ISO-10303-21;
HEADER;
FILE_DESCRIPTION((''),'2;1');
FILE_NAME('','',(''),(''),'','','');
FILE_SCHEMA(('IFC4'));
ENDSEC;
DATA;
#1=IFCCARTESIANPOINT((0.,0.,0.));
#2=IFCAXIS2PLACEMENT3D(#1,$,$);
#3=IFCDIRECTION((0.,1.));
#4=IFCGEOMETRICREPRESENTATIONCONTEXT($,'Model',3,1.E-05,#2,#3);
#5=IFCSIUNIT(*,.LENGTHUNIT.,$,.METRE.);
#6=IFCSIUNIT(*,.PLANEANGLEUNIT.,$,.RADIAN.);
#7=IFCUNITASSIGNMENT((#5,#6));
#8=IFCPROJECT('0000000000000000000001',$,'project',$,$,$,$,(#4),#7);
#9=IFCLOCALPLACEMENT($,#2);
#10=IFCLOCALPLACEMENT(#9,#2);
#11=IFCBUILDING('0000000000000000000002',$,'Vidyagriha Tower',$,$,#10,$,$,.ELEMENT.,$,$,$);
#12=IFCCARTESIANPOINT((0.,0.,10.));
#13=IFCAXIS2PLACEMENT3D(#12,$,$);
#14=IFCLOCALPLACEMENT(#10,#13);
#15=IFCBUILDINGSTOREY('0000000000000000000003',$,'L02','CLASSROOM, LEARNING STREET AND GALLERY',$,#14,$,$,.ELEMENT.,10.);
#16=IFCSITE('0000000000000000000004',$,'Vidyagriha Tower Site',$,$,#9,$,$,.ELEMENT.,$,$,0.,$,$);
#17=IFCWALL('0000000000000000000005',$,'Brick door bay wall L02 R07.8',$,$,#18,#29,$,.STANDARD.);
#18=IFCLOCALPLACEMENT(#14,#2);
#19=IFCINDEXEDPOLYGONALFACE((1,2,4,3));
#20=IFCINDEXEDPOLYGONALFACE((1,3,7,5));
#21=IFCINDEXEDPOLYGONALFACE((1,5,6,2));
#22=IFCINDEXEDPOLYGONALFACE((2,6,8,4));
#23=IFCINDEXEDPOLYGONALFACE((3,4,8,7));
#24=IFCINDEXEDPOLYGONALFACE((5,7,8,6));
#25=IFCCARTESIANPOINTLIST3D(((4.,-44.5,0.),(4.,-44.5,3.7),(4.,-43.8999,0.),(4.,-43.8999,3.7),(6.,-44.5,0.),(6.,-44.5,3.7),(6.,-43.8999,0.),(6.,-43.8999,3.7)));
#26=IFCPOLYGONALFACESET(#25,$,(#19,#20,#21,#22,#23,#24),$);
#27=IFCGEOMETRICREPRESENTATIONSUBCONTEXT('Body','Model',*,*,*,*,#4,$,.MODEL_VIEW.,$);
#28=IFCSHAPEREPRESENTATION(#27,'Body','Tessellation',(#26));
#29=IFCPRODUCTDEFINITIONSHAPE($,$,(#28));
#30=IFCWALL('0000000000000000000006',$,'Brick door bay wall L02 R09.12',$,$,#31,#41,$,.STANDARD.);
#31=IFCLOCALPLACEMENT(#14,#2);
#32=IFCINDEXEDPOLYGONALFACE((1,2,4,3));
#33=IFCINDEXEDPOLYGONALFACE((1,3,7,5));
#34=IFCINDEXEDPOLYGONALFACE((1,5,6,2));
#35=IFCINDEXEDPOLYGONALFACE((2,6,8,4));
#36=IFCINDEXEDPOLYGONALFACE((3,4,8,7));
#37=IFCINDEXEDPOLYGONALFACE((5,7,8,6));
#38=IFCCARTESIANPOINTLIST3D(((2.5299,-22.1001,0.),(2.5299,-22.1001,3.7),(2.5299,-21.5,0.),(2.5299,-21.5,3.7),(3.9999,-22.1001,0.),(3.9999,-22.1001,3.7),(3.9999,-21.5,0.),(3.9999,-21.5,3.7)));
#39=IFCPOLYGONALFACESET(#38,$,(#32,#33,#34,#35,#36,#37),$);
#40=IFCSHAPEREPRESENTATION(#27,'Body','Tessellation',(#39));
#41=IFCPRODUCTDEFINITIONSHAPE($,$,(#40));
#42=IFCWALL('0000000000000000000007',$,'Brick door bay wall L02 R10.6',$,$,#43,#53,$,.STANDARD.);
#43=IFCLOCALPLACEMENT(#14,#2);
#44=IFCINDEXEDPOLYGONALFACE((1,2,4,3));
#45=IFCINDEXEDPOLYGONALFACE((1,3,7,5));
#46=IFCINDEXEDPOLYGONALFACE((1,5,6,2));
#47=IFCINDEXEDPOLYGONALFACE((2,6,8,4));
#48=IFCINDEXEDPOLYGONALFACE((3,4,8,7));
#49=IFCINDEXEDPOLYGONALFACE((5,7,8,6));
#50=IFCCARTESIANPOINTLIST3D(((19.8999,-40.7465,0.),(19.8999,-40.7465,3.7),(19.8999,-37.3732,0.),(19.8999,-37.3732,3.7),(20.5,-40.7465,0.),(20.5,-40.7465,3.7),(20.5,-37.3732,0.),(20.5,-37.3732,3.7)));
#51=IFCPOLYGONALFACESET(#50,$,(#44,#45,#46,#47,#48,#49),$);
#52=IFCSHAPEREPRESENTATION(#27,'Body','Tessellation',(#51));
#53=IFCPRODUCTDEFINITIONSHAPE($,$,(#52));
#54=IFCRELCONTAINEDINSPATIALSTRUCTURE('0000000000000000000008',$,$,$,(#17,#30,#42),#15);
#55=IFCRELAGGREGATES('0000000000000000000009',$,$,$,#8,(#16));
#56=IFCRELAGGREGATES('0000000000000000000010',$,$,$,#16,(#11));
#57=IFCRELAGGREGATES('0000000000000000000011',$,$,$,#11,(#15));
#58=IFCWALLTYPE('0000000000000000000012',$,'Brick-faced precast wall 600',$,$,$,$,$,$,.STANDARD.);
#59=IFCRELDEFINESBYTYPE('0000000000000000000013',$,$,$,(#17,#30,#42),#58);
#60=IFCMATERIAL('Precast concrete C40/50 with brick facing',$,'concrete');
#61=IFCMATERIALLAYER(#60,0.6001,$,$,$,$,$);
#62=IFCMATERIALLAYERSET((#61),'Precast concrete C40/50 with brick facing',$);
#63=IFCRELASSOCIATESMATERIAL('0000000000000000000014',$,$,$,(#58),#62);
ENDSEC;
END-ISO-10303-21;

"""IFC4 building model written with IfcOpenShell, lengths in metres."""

from ifc_helpers import new_model, si_unit, direction, frame, frame_2d, origin, place, context, subcontext, project, spatial, rectangle, extrude, material, layer, layer_set, type_object, element, save


model = new_model("IFC4")

# Units and contexts
model_context = context("Model", 3, precision=1e-05, world=origin(), true_north=direction((0.0, 1.0)))
body_context = subcontext(model_context, "Body", "Model", "MODEL_VIEW")
ifc_project = project(units=[si_unit("LENGTHUNIT", "METRE"), si_unit("PLANEANGLEUNIT", "RADIAN")], contexts=[model_context])

# Site, building, storey
site_placement = place(None, origin())
site = spatial("IfcSite", under=ifc_project, at=site_placement, Name="Vidyagriha Tower Site", CompositionType="ELEMENT", RefElevation=0.0)
building_placement = place(site_placement, origin())
building = spatial("IfcBuilding", under=site, at=building_placement, Name="Vidyagriha Tower", CompositionType="ELEMENT")
storey_placement = place(building_placement, frame((0.0, 0.0, 10.0)))
storey = spatial("IfcBuildingStorey", under=building, at=storey_placement, Name="L02", Description="CLASSROOM, LEARNING STREET AND GALLERY", CompositionType="ELEMENT", Elevation=10.0)

# Walls
ifc_material_1 = material(Name="Precast concrete C40/50 with brick facing", Category="concrete")
ifc_layer_1 = layer(ifc_material_1, 0.6001)
ifc_layer_set_1 = layer_set([ifc_layer_1], Name="Precast concrete C40/50 with brick facing")
wall_type = type_object("IfcWallType", Name="Brick-faced precast wall 600", PredefinedType="STANDARD", material=ifc_layer_set_1)
for number, where, z_axis, x_axis, name in (
    (1, (6.0, -44.2, 0.0), (0.0, 0.0, 1.0), (-1.0, 0.0, 0.0), "Brick door bay wall L02 R07.8"),
):
    element("IfcWall", number, at=place(storey_placement, frame(where, z_axis=z_axis, x_axis=x_axis)), inside=storey, type_object=wall_type, Name=name, PredefinedType="STANDARD", context=body_context, shape_type="SweptSolid", body=[
        extrude(rectangle(XDim=2.0, YDim=0.6001, at=frame_2d((1.0, 0.0))), origin(), (0.0, 0.0, 1.0), 3.7),
    ])
wall_1_placement = place(storey_placement, frame((2.53, -21.8, 0.0)))
element("IfcWall", 2, at=wall_1_placement, inside=storey, type_object=wall_type, Name="Brick door bay wall L02 R09.12", PredefinedType="STANDARD", context=body_context, shape_type="SweptSolid", body=[
    extrude(rectangle(XDim=1.47, YDim=0.6001, at=frame_2d((0.7349, 0.0))), origin(), (0.0, 0.0, 1.0), 3.7),
])
wall_2_placement = place(storey_placement, frame((20.2, -37.3733, 0.0), z_axis=(0.0, 0.0, 1.0), x_axis=(0.0, -1.0, 0.0)))
element("IfcWall", 3, at=wall_2_placement, inside=storey, type_object=wall_type, Name="Brick door bay wall L02 R10.6", PredefinedType="STANDARD", context=body_context, shape_type="SweptSolid", body=[
    extrude(rectangle(XDim=3.3733, YDim=0.6001, at=frame_2d((1.6865, 0.0))), origin(), (0.0, 0.0, 1.0), 3.7),
])

save(model, "model.ifc")
